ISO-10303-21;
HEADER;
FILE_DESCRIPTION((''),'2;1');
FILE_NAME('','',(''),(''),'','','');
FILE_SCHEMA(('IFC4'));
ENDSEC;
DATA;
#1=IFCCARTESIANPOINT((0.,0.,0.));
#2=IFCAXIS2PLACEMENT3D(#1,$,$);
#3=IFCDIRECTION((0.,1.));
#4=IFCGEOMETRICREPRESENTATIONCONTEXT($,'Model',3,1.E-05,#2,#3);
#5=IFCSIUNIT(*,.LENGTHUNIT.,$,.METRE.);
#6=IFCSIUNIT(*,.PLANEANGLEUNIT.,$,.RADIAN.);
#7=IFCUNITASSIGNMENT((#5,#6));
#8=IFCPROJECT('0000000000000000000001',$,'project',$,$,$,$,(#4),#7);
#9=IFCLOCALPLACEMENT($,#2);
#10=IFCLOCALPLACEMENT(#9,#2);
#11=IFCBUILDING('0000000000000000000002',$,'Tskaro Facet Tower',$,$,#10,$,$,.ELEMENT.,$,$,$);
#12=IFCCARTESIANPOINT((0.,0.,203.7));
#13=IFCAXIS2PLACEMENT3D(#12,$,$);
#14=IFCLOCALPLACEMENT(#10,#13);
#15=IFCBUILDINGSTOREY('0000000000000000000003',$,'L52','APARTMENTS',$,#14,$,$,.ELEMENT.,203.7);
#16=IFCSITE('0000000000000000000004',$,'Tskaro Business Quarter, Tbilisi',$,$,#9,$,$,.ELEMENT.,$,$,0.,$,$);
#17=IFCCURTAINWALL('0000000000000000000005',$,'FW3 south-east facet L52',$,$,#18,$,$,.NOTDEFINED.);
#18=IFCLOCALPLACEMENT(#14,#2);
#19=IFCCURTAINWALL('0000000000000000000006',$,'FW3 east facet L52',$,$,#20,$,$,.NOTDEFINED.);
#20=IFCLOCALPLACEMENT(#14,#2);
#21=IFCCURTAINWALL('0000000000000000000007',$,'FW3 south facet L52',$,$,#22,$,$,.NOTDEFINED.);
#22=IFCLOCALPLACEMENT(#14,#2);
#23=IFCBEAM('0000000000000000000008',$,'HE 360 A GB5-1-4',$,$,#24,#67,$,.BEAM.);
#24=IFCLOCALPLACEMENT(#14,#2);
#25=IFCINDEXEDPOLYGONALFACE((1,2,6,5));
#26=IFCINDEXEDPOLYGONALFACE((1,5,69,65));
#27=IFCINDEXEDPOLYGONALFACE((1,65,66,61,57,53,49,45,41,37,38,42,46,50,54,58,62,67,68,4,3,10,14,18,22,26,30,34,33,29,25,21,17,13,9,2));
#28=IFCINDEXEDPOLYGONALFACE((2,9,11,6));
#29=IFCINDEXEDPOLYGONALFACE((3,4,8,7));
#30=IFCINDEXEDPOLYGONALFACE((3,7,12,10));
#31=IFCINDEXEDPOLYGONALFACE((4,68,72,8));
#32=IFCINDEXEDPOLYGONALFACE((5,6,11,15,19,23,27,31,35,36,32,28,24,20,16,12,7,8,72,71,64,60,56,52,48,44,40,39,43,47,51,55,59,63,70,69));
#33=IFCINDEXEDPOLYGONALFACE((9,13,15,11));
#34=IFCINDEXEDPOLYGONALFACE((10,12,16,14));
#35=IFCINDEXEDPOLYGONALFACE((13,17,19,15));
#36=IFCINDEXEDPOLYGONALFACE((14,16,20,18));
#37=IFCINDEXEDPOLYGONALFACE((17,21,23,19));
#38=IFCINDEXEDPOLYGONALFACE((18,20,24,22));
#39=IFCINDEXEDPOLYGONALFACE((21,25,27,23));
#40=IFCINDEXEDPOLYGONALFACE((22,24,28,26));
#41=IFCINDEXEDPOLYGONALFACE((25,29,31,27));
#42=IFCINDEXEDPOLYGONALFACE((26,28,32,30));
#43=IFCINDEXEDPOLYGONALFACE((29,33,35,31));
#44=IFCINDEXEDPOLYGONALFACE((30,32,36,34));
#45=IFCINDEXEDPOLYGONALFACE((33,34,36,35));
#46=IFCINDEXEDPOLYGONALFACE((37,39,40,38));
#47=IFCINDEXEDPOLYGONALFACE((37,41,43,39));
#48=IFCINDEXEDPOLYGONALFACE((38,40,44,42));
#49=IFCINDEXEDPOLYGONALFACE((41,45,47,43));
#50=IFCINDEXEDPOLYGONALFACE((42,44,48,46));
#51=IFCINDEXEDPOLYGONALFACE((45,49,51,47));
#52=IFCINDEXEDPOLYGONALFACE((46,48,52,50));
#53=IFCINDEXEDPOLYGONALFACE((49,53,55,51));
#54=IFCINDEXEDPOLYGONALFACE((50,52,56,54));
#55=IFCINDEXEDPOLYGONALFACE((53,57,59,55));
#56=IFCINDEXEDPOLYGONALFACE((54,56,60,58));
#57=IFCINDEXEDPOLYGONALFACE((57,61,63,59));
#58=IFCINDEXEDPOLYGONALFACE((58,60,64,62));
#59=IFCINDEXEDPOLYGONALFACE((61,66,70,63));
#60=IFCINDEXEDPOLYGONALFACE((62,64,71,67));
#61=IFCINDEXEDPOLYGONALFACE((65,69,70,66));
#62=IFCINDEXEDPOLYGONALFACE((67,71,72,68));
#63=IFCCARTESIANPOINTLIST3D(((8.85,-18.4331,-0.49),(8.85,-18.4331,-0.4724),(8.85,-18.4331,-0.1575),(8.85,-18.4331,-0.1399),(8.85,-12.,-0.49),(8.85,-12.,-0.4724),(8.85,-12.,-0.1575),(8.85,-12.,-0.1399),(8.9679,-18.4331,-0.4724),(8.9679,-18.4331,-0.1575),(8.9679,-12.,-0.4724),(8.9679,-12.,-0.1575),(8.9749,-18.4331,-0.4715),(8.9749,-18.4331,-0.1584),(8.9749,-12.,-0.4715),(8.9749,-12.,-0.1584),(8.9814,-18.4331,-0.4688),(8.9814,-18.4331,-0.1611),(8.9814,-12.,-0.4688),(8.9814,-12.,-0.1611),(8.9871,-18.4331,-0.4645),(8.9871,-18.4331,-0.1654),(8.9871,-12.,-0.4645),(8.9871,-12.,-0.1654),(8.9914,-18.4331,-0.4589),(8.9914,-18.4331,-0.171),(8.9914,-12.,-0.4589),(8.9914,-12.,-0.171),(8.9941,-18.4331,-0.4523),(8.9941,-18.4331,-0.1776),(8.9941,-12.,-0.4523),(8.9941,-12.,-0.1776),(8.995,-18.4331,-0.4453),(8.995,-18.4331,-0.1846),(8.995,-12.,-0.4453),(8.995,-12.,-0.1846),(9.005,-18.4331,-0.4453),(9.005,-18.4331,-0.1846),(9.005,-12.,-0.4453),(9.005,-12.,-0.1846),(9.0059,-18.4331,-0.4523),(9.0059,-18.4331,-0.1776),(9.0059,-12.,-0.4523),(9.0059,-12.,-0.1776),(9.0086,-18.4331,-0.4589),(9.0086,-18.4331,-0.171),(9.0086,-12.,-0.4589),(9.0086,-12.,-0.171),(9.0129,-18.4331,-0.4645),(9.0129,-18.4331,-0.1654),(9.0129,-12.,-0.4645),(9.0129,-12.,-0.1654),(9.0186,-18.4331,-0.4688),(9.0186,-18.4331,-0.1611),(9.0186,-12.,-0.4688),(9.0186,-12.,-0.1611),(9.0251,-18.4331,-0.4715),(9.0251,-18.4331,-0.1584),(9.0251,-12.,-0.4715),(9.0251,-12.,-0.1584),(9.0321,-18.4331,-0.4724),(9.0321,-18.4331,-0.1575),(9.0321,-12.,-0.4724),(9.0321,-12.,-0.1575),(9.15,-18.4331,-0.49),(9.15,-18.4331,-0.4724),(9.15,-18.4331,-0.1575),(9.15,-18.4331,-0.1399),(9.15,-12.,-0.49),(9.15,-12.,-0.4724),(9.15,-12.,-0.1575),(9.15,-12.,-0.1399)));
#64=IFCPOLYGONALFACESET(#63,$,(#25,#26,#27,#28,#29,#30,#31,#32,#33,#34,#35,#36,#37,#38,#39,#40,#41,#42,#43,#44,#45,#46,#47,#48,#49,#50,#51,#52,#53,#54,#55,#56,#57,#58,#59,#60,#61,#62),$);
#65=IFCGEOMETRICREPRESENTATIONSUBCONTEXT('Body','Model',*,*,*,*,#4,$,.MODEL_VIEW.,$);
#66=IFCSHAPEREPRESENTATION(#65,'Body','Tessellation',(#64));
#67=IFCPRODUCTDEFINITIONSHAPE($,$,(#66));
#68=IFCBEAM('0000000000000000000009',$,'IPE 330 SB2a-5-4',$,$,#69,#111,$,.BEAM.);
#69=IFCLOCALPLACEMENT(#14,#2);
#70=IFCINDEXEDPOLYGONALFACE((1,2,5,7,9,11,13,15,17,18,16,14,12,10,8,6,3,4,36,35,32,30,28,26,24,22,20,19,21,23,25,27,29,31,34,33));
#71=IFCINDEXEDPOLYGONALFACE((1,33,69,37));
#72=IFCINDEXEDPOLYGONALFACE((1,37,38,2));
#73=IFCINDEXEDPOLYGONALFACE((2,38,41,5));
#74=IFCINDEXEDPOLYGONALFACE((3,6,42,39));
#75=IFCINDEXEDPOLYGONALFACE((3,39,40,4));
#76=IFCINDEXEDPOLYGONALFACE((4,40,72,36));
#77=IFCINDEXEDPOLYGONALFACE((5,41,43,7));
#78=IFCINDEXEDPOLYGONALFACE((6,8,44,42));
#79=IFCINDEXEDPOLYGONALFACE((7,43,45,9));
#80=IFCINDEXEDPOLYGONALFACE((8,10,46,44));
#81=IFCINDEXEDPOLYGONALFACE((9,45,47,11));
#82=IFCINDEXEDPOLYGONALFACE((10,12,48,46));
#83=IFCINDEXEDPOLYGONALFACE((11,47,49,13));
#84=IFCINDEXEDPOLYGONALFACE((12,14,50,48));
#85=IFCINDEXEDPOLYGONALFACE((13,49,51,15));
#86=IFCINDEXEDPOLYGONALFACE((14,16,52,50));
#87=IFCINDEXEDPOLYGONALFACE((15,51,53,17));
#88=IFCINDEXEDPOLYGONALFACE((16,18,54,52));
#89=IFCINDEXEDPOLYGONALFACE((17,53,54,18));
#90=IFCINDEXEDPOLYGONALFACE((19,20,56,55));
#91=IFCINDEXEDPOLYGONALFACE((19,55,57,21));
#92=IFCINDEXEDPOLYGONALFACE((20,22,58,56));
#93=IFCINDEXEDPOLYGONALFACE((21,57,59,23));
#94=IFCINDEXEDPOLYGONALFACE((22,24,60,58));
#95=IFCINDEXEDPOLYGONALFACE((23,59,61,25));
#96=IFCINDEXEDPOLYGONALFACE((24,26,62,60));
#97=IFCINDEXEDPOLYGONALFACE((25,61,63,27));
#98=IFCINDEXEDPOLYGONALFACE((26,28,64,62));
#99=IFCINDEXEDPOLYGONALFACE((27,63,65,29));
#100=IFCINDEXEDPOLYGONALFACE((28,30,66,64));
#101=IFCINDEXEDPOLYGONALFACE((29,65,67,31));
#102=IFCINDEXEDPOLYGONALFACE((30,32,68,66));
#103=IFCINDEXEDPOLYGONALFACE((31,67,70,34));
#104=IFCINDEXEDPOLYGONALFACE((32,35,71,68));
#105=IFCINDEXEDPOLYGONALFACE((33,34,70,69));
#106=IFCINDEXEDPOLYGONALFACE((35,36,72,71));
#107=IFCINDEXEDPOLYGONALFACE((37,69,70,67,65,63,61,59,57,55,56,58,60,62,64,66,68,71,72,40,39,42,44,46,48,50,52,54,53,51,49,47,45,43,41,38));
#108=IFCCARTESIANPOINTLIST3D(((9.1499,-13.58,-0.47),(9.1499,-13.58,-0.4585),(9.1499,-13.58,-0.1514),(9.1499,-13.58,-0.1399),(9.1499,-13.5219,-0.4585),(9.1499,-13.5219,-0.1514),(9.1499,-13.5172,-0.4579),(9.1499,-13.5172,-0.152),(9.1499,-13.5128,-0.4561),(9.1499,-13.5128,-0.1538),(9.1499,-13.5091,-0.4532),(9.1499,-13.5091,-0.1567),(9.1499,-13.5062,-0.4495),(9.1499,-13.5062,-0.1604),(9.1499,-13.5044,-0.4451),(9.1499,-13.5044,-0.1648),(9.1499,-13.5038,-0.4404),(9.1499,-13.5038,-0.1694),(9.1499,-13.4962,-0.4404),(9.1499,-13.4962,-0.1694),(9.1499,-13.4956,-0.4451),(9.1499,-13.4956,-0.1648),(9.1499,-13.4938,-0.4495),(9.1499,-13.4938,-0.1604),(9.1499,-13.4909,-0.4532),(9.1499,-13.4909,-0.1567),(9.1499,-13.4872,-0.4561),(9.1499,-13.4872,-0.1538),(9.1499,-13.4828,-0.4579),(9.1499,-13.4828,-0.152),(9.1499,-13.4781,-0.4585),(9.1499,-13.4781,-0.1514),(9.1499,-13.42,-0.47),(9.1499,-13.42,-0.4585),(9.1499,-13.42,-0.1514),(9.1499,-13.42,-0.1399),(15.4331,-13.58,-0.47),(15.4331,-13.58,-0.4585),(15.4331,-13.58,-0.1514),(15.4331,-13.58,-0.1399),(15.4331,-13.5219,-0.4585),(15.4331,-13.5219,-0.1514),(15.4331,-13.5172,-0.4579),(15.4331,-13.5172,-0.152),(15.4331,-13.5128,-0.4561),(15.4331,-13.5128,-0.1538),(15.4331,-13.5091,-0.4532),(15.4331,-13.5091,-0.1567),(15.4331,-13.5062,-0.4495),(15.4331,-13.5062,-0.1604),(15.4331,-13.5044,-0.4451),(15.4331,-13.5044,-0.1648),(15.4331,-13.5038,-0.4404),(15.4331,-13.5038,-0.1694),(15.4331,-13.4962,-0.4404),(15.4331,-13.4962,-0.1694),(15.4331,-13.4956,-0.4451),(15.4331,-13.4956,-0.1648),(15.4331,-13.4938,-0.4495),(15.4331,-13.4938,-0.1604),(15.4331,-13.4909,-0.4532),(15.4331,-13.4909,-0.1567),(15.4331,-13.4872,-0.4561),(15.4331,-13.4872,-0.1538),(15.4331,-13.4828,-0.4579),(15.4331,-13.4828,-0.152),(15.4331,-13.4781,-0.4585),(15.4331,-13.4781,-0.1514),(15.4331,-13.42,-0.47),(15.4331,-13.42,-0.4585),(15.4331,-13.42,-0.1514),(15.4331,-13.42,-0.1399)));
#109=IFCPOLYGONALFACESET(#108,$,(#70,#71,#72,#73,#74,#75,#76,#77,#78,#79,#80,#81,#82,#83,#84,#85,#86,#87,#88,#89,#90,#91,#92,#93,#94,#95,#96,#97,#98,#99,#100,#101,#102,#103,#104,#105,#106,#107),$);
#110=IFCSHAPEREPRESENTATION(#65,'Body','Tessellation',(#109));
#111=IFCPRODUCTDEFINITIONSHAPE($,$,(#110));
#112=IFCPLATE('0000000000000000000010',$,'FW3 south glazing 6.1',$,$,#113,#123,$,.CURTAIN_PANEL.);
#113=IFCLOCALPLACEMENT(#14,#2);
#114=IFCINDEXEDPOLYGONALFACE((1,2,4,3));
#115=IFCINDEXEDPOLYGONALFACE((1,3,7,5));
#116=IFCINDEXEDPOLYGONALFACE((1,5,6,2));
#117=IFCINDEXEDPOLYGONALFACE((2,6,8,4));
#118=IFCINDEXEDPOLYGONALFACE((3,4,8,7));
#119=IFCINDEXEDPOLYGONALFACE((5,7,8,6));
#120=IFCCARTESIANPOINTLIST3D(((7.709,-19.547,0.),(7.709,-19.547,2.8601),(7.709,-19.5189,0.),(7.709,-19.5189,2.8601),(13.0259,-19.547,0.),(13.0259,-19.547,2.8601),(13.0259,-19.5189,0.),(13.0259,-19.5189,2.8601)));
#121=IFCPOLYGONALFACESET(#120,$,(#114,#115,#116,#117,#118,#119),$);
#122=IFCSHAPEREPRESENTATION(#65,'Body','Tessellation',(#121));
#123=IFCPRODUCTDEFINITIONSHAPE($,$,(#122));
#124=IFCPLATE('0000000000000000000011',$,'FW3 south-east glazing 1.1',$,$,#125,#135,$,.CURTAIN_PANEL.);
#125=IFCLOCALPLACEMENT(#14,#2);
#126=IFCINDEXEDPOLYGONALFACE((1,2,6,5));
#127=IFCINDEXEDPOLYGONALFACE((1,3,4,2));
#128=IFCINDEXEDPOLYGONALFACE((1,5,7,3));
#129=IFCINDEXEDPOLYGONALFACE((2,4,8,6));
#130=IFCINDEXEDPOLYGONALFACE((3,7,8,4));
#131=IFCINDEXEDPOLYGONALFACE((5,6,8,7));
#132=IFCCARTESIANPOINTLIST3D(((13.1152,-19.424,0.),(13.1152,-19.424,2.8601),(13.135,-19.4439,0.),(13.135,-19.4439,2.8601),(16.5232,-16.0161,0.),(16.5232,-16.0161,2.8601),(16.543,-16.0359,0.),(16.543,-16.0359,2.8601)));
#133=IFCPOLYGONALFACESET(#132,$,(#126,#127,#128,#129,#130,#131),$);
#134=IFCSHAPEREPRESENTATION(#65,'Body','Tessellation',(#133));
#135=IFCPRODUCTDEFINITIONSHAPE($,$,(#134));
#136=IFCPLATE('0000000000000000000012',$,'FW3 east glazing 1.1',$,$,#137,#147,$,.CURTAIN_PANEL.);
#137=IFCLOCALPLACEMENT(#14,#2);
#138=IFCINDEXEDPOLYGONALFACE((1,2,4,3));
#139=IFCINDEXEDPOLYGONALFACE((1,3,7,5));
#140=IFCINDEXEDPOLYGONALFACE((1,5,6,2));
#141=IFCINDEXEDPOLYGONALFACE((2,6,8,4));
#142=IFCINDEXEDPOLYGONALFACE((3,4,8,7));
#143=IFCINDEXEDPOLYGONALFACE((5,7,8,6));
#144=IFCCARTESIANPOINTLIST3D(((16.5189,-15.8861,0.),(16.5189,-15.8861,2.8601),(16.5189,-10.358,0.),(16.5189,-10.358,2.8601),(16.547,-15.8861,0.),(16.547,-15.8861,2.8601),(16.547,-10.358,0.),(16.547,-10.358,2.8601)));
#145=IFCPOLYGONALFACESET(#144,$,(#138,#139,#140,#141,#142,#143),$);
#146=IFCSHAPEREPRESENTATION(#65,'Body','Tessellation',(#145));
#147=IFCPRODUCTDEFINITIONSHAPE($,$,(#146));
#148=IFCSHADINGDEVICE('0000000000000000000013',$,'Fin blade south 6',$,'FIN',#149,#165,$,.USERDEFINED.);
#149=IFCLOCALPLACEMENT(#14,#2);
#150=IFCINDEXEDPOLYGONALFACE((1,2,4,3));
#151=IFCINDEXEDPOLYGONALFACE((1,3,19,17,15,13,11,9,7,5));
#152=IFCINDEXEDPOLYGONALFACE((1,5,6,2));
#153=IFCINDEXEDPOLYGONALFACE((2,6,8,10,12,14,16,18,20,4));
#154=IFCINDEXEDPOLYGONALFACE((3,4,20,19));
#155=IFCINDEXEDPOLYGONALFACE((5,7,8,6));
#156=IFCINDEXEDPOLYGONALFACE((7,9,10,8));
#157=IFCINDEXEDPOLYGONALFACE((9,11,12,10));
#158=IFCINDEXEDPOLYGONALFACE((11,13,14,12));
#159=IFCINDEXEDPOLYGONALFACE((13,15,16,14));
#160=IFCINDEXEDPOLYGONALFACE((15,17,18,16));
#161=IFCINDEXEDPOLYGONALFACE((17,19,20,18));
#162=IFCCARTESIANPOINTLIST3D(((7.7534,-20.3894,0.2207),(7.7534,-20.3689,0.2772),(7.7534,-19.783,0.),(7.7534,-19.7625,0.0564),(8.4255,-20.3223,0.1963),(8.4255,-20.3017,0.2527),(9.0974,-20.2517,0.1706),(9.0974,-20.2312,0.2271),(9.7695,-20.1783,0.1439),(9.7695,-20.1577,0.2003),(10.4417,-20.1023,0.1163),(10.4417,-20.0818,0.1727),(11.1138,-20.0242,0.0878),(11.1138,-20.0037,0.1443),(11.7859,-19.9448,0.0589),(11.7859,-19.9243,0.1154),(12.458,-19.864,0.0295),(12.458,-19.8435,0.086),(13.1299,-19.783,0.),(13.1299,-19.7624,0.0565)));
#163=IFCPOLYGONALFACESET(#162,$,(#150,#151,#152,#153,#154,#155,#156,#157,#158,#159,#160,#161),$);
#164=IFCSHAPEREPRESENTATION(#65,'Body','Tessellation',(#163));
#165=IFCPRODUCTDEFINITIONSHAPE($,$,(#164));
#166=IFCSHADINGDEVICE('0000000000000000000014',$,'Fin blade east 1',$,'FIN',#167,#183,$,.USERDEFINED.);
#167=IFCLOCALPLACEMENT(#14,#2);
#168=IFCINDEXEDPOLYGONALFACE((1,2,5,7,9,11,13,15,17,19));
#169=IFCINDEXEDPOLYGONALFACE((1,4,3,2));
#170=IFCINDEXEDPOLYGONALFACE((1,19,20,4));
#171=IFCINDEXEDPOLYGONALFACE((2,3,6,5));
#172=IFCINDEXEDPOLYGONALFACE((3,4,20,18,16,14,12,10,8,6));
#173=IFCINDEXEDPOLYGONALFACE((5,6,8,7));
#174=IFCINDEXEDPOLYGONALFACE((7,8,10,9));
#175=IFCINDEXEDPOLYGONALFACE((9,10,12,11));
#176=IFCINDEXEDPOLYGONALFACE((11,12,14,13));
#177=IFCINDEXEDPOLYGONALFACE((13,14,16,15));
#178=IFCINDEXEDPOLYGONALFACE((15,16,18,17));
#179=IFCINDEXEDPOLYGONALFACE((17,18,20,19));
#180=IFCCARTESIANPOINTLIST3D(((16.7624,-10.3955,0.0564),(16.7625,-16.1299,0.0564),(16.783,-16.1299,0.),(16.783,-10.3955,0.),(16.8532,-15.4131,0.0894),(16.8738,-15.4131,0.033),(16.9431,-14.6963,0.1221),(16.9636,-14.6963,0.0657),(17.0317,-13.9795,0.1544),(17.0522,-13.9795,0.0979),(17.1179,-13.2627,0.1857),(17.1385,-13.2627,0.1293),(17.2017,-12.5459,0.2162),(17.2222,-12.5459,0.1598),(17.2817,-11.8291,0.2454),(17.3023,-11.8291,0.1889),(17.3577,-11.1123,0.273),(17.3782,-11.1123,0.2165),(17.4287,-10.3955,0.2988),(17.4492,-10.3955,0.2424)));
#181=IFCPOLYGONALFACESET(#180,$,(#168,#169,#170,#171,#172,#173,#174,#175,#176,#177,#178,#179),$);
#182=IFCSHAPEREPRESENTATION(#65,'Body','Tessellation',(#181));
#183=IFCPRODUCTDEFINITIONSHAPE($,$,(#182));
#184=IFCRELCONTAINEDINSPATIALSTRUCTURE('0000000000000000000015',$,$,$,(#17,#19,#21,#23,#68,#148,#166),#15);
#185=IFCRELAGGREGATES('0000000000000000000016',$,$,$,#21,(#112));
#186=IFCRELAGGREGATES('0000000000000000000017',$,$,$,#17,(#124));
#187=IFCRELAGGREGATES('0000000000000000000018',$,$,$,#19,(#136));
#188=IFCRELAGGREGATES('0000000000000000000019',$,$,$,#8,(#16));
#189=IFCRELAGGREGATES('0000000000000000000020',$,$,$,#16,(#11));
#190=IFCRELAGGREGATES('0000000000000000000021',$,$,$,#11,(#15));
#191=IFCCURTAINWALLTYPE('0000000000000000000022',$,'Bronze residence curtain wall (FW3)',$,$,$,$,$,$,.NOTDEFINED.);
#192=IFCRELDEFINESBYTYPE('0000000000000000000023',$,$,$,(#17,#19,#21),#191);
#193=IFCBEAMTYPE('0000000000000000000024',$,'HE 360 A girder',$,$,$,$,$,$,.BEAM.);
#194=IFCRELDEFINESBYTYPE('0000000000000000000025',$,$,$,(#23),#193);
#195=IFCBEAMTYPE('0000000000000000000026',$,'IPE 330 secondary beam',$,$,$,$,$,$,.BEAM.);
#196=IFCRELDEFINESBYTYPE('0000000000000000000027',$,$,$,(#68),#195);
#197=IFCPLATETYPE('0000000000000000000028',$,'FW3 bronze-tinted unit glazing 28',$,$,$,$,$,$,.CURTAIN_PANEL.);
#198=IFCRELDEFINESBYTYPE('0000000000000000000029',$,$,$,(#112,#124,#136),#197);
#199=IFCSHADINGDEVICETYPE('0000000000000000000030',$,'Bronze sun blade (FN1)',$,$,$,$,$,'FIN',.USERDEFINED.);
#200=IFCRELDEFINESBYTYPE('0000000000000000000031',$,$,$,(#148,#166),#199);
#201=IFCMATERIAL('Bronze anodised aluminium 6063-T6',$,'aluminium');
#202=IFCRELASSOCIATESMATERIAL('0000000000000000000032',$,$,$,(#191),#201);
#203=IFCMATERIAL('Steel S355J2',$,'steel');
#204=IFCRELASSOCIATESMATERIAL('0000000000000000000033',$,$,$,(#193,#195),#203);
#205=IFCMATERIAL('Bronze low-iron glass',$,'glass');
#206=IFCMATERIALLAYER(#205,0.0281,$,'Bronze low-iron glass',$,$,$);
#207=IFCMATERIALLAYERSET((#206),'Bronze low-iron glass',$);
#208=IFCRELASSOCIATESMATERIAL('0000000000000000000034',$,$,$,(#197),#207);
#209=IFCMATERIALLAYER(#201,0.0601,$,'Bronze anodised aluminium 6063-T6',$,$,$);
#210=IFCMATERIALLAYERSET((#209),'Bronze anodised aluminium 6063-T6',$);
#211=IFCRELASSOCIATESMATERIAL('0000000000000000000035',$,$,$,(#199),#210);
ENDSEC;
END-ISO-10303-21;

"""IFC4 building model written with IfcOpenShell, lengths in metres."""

from ifc_helpers import new_model, si_unit, direction, frame, origin, origin_2d, place, context, subcontext, project, spatial, polyline, rectangle, i_section, outline, extrude, material, layer, layer_set, material_profile, profile_set, type_object, element, aggregate, save


model = new_model("IFC4")

# Units and contexts
model_context = context("Model", 3, precision=1e-05, world=origin(), true_north=direction((0.0, 1.0)))
body_context = subcontext(model_context, "Body", "Model", "MODEL_VIEW")
ifc_project = project(units=[si_unit("LENGTHUNIT", "METRE"), si_unit("PLANEANGLEUNIT", "RADIAN")], contexts=[model_context])

# Site, building, storey
site_placement = place(None, origin())
site = spatial("IfcSite", under=ifc_project, at=site_placement, Name="Tskaro Business Quarter, Tbilisi", CompositionType="ELEMENT", RefElevation=0.0)
building_placement = place(site_placement, origin())
building = spatial("IfcBuilding", under=site, at=building_placement, Name="Tskaro Facet Tower", CompositionType="ELEMENT")
storey_placement = place(building_placement, frame((0.0, 0.0, 203.7)))
storey = spatial("IfcBuildingStorey", under=building, at=storey_placement, Name="L52", Description="APARTMENTS", CompositionType="ELEMENT", Elevation=203.7)

# Curtain walls
ifc_material_1 = material(Name="Bronze anodised aluminium 6063-T6", Category="aluminium")
curtain_wall_type = type_object("IfcCurtainWallType", Name="Bronze residence curtain wall (FW3)", PredefinedType="NOTDEFINED", material=ifc_material_1)
curtain_wall_1_placement = place(storey_placement, origin())
curtain_wall_1 = element("IfcCurtainWall", 1, at=curtain_wall_1_placement, inside=storey, type_object=curtain_wall_type, Name="FW3 south-east facet L52", PredefinedType="NOTDEFINED")
curtain_wall_2_placement = place(storey_placement, origin())
curtain_wall_2 = element("IfcCurtainWall", 2, at=curtain_wall_2_placement, inside=storey, type_object=curtain_wall_type, Name="FW3 east facet L52", PredefinedType="NOTDEFINED")

# Curtain wall
curtain_wall_3_placement = place(storey_placement, origin())
curtain_wall_3 = element("IfcCurtainWall", 3, at=curtain_wall_3_placement, inside=storey, type_object=curtain_wall_type, Name="FW3 south facet L52", PredefinedType="NOTDEFINED")

# Beams
ifc_material_2 = material(Name="Steel S355J2", Category="steel")
ifc_material_profile_1 = material_profile(ifc_material_2, i_section(OverallWidth=0.3, OverallDepth=0.3501, WebThickness=0.01, FlangeThickness=0.0176, FilletRadius=0.0271, at=origin_2d()), Name="HE 360 A")
ifc_profile_set_1 = profile_set([ifc_material_profile_1], Name="Steel S355J2")
beam_type_1 = type_object("IfcBeamType", Name="HE 360 A girder", PredefinedType="BEAM", material=ifc_profile_set_1)
beam_1_placement = place(storey_placement, frame((9.0, -18.4331, -0.3149), z_axis=(0.0, 1.0, 0.0), x_axis=(-1.0, 0.0, 0.0)))
element("IfcBeam", 4, at=beam_1_placement, inside=storey, type_object=beam_type_1, Name="HE 360 A GB5-1-4", PredefinedType="BEAM", context=body_context, shape_type="SweptSolid", body=[
    extrude(i_section(OverallWidth=0.3, OverallDepth=0.3501, WebThickness=0.01, FlangeThickness=0.0176, FilletRadius=0.0271, at=origin_2d()), origin(), (0.0, 0.0, 1.0), 6.4331),
])
ifc_material_profile_2 = material_profile(ifc_material_2, i_section(OverallWidth=0.1599, OverallDepth=0.3301, WebThickness=0.0076, FlangeThickness=0.0115, FilletRadius=0.0181, at=origin_2d()), Name="IPE 330")
ifc_profile_set_2 = profile_set([ifc_material_profile_2], Name="Steel S355J2")
beam_type_2 = type_object("IfcBeamType", Name="IPE 330 secondary beam", PredefinedType="BEAM", material=ifc_profile_set_2)
beam_2_placement = place(storey_placement, frame((9.1499, -13.5, -0.3049), z_axis=(1.0, 0.0, 0.0), x_axis=(0.0, 1.0, 0.0)))
element("IfcBeam", 5, at=beam_2_placement, inside=storey, type_object=beam_type_2, Name="IPE 330 SB2a-5-4", PredefinedType="BEAM", context=body_context, shape_type="SweptSolid", body=[
    extrude(i_section(OverallWidth=0.1599, OverallDepth=0.3301, WebThickness=0.0076, FlangeThickness=0.0115, FilletRadius=0.0181, at=origin_2d()), origin(), (0.0, 0.0, 1.0), 6.2832),
])

# Plates
ifc_material_3 = material(Name="Bronze low-iron glass", Category="glass")
ifc_layer_1 = layer(ifc_material_3, 0.0281, Name="Bronze low-iron glass")
ifc_layer_set_1 = layer_set([ifc_layer_1], Name="Bronze low-iron glass")
plate_type = type_object("IfcPlateType", Name="FW3 bronze-tinted unit glazing 28", PredefinedType="CURTAIN_PANEL", material=ifc_layer_set_1)
plate_1_placement = place(storey_placement, frame((10.3674, -19.533, 0.0), z_axis=(0.0, 0.0, 1.0), x_axis=(1.0, 0.0, 0.0)))
plate_1 = element("IfcPlate", 6, at=plate_1_placement, type_object=plate_type, Name="FW3 south glazing 6.1", PredefinedType="CURTAIN_PANEL", context=body_context, shape_type="SweptSolid", body=[
    extrude(rectangle(XDim=5.3169, YDim=0.0281, at=origin_2d()), origin(), (0.0, 0.0, 1.0), 2.8601),
])
aggregate(curtain_wall_3, [plate_1])
plate_2_placement = place(storey_placement, frame((14.8291, -17.73, 0.0), z_axis=(0.0, 0.0, 1.0), x_axis=(0.707107, 0.707107, 0.0)))
plate_2 = element("IfcPlate", 7, at=plate_2_placement, type_object=plate_type, Name="FW3 south-east glazing 1.1", PredefinedType="CURTAIN_PANEL", context=body_context, shape_type="SweptSolid", body=[
    extrude(rectangle(XDim=4.8196, YDim=0.0281, at=origin_2d()), origin(), (0.0, 0.0, 1.0), 2.8601),
])
aggregate(curtain_wall_1, [plate_2])
plate_3_placement = place(storey_placement, frame((16.533, -13.1221, 0.0), z_axis=(0.0, 0.0, 1.0), x_axis=(0.0, 1.0, 0.0)))
plate_3 = element("IfcPlate", 8, at=plate_3_placement, type_object=plate_type, Name="FW3 east glazing 1.1", PredefinedType="CURTAIN_PANEL", context=body_context, shape_type="SweptSolid", body=[
    extrude(rectangle(XDim=5.5281, YDim=0.0281, at=origin_2d()), origin(), (0.0, 0.0, 1.0), 2.8601),
])
aggregate(curtain_wall_2, [plate_3])

# Shading devices
ifc_layer_2 = layer(ifc_material_1, 0.0601, Name="Bronze anodised aluminium 6063-T6")
ifc_layer_set_2 = layer_set([ifc_layer_2], Name="Bronze anodised aluminium 6063-T6")
shading_device_type = type_object("IfcShadingDeviceType", Name="Bronze sun blade (FN1)", ElementType="FIN", PredefinedType="USERDEFINED", material=ifc_layer_set_2)
shading_device_1_placement = place(storey_placement, frame((7.7534, -19.7625, 0.0564), z_axis=(-0.000015, 0.342103, 0.939663), x_axis=(1.0, 0.000005, 0.000014)))
element("IfcShadingDevice", 9, at=shading_device_1_placement, inside=storey, type_object=shading_device_type, Name="Fin blade south 6", ObjectType="FIN", PredefinedType="USERDEFINED", context=body_context, shape_type="SweptSolid", body=[
    extrude(outline(polyline([(0.0, 0.0), (5.3765, 0.0), (4.7046, -0.0863), (4.0325, -0.1722), (3.3604, -0.2567), (2.6882, -0.3398), (2.0161, -0.4207), (1.344, -0.4988), (0.6721, -0.5739), (0.0, -0.6454), (0.0, 0.0)])), origin(), (0.0, 0.0, -1.0), 0.0601),
])
shading_device_2_placement = place(storey_placement, frame((16.7625, -16.1299, 0.0564), z_axis=(-0.341905, -0.000005, 0.939734), x_axis=(-0.000002, 1.0, 0.000004)))
element("IfcShadingDevice", 10, at=shading_device_2_placement, inside=storey, type_object=shading_device_type, Name="Fin blade east 1", ObjectType="FIN", PredefinedType="USERDEFINED", context=body_context, shape_type="SweptSolid", body=[
    extrude(outline(polyline([(0.0, 0.0), (5.7344, 0.0), (5.7344, -0.709), (5.0176, -0.6334), (4.3008, -0.5526), (3.584, -0.4674), (2.8672, -0.3783), (2.1504, -0.2865), (1.4336, -0.1922), (0.7168, -0.0966), (0.0, 0.0)])), origin(), (0.0, 0.0, -1.0), 0.0601),
])

save(model, "model.ifc")
